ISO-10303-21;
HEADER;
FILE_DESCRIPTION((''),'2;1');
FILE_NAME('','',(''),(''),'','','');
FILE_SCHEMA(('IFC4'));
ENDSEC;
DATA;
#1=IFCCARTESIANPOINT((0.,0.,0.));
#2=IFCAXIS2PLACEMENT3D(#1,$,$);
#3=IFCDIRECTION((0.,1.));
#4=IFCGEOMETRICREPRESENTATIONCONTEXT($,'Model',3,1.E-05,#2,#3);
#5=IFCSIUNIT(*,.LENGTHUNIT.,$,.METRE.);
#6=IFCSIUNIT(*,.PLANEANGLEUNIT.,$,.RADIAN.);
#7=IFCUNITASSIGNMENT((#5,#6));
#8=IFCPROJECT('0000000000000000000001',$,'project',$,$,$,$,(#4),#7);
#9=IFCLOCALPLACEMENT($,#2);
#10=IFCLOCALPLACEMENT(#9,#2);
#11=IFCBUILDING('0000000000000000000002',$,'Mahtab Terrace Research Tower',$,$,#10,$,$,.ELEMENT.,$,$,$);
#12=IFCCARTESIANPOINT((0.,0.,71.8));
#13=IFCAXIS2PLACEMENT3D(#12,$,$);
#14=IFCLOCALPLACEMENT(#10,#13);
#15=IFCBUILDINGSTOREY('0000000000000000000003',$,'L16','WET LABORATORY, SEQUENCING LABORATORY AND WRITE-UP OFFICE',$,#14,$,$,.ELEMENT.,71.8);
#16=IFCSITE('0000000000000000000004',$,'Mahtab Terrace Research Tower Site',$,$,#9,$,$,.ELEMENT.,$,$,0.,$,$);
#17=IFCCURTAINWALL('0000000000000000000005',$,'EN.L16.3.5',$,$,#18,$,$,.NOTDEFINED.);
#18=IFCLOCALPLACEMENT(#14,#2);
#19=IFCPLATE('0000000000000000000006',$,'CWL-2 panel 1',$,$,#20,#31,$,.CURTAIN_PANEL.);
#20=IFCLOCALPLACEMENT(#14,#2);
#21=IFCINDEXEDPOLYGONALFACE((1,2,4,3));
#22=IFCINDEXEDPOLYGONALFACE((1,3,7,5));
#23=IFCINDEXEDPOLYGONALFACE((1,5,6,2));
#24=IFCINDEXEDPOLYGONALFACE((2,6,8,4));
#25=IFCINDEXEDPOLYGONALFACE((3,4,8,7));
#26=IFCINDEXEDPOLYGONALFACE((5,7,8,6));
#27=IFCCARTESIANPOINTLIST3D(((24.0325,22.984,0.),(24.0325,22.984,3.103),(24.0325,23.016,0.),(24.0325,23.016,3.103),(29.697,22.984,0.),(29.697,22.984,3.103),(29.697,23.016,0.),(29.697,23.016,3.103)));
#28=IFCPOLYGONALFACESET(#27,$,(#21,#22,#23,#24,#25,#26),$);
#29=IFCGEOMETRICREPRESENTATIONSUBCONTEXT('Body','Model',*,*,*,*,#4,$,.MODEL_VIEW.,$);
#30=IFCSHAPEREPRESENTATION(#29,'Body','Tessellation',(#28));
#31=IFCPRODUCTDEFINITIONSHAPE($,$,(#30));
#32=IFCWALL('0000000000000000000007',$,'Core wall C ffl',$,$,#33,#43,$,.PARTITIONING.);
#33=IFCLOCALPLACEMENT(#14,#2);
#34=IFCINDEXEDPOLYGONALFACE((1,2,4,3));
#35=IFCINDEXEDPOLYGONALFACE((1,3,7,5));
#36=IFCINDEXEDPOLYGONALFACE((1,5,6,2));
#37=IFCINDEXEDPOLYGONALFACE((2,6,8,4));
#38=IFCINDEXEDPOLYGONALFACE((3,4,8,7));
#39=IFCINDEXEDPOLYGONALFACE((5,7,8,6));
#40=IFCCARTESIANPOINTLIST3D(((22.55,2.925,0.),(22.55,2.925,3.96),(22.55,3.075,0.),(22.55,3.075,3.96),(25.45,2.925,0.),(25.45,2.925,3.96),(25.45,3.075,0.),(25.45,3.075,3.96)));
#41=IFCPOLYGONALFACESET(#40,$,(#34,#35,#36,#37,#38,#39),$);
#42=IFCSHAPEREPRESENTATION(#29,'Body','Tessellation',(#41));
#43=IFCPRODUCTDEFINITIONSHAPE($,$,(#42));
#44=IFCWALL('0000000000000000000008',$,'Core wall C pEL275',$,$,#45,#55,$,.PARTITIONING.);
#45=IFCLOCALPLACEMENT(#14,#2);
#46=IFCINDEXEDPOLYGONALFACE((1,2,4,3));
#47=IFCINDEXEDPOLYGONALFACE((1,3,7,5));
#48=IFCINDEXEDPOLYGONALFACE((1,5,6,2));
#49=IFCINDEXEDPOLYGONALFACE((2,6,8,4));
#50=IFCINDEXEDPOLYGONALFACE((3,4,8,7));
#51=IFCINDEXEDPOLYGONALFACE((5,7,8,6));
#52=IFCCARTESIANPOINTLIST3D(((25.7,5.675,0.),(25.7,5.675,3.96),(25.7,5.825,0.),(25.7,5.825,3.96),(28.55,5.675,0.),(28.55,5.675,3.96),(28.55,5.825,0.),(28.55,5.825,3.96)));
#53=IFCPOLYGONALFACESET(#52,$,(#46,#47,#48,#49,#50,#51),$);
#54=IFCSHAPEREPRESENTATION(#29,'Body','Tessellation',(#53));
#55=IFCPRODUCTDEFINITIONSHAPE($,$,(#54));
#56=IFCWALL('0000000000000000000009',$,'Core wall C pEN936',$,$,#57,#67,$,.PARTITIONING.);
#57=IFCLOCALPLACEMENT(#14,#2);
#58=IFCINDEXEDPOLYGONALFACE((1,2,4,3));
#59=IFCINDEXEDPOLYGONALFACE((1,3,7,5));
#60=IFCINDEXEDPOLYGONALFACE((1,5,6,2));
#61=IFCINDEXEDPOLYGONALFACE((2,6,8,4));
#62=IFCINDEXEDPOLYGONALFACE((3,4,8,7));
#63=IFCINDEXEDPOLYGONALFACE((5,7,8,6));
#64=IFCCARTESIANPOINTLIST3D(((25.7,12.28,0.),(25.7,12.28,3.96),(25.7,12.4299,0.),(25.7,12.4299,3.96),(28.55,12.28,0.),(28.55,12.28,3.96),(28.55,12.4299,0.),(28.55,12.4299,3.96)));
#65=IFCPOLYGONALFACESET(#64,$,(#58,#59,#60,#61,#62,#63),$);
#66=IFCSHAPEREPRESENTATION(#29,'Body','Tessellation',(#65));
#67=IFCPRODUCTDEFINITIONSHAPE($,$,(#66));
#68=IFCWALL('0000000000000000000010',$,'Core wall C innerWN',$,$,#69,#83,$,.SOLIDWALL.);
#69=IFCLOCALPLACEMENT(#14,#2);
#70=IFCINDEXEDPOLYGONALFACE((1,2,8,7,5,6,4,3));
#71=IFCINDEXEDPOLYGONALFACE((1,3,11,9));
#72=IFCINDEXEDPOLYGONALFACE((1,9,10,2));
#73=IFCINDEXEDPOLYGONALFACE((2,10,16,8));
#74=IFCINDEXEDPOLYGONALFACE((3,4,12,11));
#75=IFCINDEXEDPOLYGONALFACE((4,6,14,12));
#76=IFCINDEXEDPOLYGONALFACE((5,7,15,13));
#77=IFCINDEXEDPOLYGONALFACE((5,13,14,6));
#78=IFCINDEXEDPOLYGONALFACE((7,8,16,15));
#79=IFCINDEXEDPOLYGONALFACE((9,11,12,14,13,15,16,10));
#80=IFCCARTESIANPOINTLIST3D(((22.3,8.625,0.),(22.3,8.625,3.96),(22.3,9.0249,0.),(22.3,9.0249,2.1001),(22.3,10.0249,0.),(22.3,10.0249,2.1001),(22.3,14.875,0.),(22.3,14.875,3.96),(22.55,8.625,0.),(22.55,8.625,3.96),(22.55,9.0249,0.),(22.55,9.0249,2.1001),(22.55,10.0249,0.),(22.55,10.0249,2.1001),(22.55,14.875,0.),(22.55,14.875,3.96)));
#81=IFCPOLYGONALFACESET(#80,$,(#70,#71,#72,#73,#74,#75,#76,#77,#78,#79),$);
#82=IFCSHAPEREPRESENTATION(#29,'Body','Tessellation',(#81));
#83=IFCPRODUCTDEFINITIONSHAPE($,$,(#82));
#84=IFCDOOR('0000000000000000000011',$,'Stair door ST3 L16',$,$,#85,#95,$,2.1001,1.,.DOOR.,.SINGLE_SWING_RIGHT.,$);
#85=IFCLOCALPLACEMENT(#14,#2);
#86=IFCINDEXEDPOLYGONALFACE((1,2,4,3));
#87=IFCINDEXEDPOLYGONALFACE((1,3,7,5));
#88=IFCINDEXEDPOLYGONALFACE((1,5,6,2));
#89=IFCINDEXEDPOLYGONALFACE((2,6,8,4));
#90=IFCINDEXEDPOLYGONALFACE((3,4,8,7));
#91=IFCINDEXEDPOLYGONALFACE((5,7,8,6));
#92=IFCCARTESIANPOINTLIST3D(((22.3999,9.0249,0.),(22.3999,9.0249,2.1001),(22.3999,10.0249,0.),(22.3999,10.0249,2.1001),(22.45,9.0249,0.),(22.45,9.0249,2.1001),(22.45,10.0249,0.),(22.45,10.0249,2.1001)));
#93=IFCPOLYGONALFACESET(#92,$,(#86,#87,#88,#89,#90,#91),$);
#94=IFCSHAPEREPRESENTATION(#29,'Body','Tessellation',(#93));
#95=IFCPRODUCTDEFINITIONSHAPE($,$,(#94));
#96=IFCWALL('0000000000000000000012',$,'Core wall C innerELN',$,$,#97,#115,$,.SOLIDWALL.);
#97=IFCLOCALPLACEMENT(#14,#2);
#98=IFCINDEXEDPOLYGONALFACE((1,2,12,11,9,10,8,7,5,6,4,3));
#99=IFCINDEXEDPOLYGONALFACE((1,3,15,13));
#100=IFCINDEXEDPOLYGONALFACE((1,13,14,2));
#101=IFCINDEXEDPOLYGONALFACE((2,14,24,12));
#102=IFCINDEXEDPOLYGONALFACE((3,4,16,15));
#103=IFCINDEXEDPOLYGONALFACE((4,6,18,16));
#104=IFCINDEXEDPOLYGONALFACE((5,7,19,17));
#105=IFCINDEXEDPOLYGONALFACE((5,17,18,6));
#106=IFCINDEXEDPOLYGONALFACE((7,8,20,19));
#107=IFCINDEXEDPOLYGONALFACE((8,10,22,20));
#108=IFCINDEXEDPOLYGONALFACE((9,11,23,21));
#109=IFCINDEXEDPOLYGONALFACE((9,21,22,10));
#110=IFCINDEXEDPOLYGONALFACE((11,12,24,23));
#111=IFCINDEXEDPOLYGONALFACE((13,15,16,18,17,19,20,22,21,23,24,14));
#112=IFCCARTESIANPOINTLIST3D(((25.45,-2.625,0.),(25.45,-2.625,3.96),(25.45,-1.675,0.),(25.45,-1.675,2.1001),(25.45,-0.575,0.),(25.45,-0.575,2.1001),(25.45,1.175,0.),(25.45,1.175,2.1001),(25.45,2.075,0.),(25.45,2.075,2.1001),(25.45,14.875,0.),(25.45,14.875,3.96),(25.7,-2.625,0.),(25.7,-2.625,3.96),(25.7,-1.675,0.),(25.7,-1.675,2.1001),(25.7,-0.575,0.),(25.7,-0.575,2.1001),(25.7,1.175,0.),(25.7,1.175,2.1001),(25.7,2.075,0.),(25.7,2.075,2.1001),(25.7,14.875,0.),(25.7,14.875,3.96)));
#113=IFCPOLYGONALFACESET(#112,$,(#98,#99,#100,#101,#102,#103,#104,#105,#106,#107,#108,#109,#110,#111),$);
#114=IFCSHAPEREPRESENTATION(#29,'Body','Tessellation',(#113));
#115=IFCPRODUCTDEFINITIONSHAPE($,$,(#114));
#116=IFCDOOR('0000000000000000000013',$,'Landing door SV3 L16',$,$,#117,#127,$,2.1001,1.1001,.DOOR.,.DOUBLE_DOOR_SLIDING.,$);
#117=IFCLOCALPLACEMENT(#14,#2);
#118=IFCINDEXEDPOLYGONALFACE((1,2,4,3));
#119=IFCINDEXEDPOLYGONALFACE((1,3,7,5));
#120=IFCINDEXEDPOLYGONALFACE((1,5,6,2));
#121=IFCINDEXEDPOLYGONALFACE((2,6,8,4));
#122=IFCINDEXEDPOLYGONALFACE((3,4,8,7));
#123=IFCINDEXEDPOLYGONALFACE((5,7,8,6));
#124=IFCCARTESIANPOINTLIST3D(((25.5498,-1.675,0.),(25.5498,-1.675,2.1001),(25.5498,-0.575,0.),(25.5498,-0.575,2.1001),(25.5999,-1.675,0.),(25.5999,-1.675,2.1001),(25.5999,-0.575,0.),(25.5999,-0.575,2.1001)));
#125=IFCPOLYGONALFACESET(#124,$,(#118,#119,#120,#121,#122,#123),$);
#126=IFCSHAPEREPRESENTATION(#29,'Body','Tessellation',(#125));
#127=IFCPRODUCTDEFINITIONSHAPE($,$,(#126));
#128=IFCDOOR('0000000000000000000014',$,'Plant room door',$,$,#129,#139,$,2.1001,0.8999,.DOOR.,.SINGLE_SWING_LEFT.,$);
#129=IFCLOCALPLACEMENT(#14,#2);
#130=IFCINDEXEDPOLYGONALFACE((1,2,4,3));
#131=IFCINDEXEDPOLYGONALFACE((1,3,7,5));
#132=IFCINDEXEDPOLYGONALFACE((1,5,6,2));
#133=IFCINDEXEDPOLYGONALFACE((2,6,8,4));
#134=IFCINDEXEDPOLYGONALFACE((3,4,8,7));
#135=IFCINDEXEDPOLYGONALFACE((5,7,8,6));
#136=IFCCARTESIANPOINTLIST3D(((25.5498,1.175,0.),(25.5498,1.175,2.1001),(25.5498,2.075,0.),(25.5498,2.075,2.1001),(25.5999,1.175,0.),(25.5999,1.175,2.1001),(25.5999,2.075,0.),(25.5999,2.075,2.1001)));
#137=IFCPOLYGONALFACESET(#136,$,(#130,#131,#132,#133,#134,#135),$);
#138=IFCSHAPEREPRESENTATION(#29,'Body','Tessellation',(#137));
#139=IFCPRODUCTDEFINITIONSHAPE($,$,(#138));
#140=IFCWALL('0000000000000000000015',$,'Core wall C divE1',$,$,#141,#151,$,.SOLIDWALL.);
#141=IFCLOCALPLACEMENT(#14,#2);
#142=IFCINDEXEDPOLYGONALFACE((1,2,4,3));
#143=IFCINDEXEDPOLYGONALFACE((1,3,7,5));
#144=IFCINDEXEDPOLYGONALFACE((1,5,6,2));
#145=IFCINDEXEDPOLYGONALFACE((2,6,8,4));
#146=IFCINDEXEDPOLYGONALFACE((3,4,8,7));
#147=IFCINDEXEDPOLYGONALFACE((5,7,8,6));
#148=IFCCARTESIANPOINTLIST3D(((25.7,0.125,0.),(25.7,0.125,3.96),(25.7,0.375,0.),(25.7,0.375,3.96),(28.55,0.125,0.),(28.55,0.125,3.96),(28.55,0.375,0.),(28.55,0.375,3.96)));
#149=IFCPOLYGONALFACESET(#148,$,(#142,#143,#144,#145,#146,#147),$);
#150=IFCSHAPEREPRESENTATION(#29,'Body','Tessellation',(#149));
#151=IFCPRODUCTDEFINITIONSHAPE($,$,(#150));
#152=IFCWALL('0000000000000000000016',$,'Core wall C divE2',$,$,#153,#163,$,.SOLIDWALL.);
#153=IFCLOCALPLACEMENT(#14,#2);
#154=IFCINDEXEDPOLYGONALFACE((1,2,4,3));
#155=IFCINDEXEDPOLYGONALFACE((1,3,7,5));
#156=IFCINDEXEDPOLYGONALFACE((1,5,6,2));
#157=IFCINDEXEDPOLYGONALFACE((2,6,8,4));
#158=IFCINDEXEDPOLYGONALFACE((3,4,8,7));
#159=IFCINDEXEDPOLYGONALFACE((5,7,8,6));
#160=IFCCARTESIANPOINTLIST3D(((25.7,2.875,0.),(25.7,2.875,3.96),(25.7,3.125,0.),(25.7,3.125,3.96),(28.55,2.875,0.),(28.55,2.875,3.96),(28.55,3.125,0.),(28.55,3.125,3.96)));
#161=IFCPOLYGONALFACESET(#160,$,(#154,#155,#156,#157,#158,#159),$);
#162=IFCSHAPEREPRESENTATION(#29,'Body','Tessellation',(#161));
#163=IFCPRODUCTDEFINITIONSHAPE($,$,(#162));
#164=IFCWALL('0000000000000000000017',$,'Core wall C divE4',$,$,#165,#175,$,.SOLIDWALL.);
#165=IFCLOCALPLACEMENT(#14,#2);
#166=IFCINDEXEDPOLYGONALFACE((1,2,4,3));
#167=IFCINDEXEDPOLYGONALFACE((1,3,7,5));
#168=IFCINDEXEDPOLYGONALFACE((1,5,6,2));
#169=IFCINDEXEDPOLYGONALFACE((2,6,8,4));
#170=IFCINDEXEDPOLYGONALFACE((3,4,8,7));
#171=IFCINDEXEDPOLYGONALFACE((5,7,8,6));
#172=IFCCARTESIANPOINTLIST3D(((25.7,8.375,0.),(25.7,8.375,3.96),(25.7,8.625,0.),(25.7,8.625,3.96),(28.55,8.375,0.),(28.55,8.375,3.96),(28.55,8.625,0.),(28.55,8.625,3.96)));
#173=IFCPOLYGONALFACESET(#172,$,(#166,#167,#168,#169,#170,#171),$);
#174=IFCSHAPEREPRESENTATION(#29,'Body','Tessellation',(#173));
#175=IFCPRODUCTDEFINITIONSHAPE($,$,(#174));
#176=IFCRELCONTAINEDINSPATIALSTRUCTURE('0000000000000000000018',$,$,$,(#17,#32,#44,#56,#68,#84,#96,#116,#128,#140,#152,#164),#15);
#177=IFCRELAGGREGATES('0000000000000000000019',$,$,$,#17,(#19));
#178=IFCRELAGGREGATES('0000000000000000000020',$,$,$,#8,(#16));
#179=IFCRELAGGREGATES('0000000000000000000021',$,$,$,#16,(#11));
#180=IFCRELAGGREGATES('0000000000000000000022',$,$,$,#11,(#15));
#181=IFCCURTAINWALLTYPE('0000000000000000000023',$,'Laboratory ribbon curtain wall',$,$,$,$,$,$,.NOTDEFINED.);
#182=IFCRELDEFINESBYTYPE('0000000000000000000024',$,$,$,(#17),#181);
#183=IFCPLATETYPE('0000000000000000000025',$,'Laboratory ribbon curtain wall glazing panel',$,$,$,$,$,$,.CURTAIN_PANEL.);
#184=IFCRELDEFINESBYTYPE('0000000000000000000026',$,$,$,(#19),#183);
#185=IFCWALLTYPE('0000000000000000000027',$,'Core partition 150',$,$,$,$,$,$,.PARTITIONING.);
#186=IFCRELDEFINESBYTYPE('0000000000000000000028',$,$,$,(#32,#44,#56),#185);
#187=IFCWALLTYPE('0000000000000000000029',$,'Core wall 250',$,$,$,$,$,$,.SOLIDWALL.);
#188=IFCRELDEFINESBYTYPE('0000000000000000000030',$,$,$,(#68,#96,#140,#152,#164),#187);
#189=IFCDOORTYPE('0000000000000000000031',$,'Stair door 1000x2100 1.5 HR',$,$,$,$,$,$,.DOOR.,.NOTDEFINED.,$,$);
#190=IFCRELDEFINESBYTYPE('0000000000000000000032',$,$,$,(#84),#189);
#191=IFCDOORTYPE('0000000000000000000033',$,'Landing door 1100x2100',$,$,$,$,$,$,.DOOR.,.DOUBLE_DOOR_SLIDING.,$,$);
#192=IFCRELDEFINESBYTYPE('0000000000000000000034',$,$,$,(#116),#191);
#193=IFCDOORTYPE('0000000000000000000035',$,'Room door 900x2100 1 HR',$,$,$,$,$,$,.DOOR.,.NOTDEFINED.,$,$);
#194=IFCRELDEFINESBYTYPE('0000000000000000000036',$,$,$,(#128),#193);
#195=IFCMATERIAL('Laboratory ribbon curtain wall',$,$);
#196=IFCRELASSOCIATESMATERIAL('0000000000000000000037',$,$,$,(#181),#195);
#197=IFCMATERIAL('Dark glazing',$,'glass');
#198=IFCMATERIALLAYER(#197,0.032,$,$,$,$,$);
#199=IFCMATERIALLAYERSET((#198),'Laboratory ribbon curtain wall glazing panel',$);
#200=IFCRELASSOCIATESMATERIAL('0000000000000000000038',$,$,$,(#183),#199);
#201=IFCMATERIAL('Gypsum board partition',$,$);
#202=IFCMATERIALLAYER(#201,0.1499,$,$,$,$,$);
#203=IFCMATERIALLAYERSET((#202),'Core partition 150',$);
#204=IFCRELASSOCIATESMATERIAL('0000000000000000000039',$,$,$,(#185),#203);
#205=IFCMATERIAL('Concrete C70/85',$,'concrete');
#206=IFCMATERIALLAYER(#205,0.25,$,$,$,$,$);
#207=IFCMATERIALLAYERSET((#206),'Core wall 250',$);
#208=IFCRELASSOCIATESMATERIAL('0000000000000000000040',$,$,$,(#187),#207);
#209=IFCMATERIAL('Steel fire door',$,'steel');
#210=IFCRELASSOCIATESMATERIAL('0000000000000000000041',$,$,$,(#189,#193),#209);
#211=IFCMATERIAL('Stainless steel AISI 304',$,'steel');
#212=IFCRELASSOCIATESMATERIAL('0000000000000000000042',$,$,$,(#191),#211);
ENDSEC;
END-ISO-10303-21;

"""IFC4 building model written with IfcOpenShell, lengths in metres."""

from ifc_helpers import new_model, si_unit, direction, frame, frame_2d, origin, origin_2d, place, context, subcontext, project, spatial, rectangle, extrude, material, layer, layer_set, type_object, element, fill, aggregate, save


model = new_model("IFC4")

# Units and contexts
model_context = context("Model", 3, precision=1e-05, world=origin(), true_north=direction((0.0, 1.0)))
body_context = subcontext(model_context, "Body", "Model", "MODEL_VIEW")
ifc_project = project(units=[si_unit("LENGTHUNIT", "METRE"), si_unit("PLANEANGLEUNIT", "RADIAN")], contexts=[model_context])

# Site, building, storey
site_placement = place(None, origin())
site = spatial("IfcSite", under=ifc_project, at=site_placement, Name="Mahtab Terrace Research Tower Site", CompositionType="ELEMENT", RefElevation=0.0)
building_placement = place(site_placement, origin())
building = spatial("IfcBuilding", under=site, at=building_placement, Name="Mahtab Terrace Research Tower", CompositionType="ELEMENT")
storey_placement = place(building_placement, frame((0.0, 0.0, 71.8)))
storey = spatial("IfcBuildingStorey", under=building, at=storey_placement, Name="L16", Description="WET LABORATORY, SEQUENCING LABORATORY AND WRITE-UP OFFICE", CompositionType="ELEMENT", Elevation=71.8)

# Shared definitions
ifc_material_1 = material(Name="Concrete C70/85", Category="concrete")

# Curtain wall
ifc_material_2 = material(Name="Laboratory ribbon curtain wall")
curtain_wall_type = type_object("IfcCurtainWallType", Name="Laboratory ribbon curtain wall", PredefinedType="NOTDEFINED", material=ifc_material_2)
curtain_wall_placement = place(storey_placement, origin())
curtain_wall = element("IfcCurtainWall", 1, at=curtain_wall_placement, inside=storey, type_object=curtain_wall_type, Name="EN.L16.3.5", PredefinedType="NOTDEFINED")

# Plate
ifc_material_3 = material(Name="Dark glazing", Category="glass")
ifc_layer_1 = layer(ifc_material_3, 0.032)
ifc_layer_set_1 = layer_set([ifc_layer_1], Name="Laboratory ribbon curtain wall glazing panel")
plate_type = type_object("IfcPlateType", Name="Laboratory ribbon curtain wall glazing panel", PredefinedType="CURTAIN_PANEL", material=ifc_layer_set_1)
plate_placement = place(storey_placement, frame((26.8647, 23.0, 0.0), z_axis=(0.0, 0.0, 1.0), x_axis=(-1.0, 0.0, 0.0)))
plate = element("IfcPlate", 2, at=plate_placement, type_object=plate_type, Name="CWL-2 panel 1", PredefinedType="CURTAIN_PANEL", context=body_context, shape_type="SweptSolid", body=[
    extrude(rectangle(XDim=5.6646, YDim=0.032, at=origin_2d()), origin(), (0.0, 0.0, 1.0), 3.103),
])
aggregate(curtain_wall, [plate])

# Walls
ifc_material_4 = material(Name="Gypsum board partition")
ifc_layer_2 = layer(ifc_material_4, 0.1499)
ifc_layer_set_2 = layer_set([ifc_layer_2], Name="Core partition 150")
wall_type_1 = type_object("IfcWallType", Name="Core partition 150", PredefinedType="PARTITIONING", material=ifc_layer_set_2)
wall_1_placement = place(storey_placement, frame((22.55, 3.0, 0.0), z_axis=(0.0, 0.0, 1.0), x_axis=(1.0, 0.0, 0.0)))
element("IfcWall", 3, at=wall_1_placement, inside=storey, type_object=wall_type_1, Name="Core wall C ffl", PredefinedType="PARTITIONING", context=body_context, shape_type="SweptSolid", body=[
    extrude(rectangle(XDim=2.8999, YDim=0.1499, at=frame_2d((1.45, 0.0))), origin(), (0.0, 0.0, 1.0), 3.96),
])
for number, where, z_axis, x_axis, name in (
    (4, (25.7, 5.75, 0.0), (0.0, 0.0, 1.0), (1.0, 0.0, 0.0), "Core wall C pEL275"),
    (5, (25.7, 12.355, 0.0), (0.0, 0.0, 1.0), (1.0, 0.0, 0.0), "Core wall C pEN936"),
):
    element("IfcWall", number, at=place(storey_placement, frame(where, z_axis=z_axis, x_axis=x_axis)), inside=storey, type_object=wall_type_1, Name=name, PredefinedType="PARTITIONING", context=body_context, shape_type="SweptSolid", body=[
        extrude(rectangle(XDim=2.8501, YDim=0.1499, at=frame_2d((1.425, 0.0))), origin(), (0.0, 0.0, 1.0), 3.96),
    ])

# Wall, opening, door
ifc_layer_3 = layer(ifc_material_1, 0.25)
ifc_layer_set_3 = layer_set([ifc_layer_3], Name="Core wall 250")
wall_type_2 = type_object("IfcWallType", Name="Core wall 250", PredefinedType="SOLIDWALL", material=ifc_layer_set_3)
wall_2_placement = place(storey_placement, frame((22.425, 14.875, 0.0), z_axis=(0.0, 0.0, 1.0), x_axis=(0.0, -1.0, 0.0)))
wall_2 = element("IfcWall", 6, at=wall_2_placement, inside=storey, type_object=wall_type_2, Name="Core wall C innerWN", PredefinedType="SOLIDWALL", context=body_context, shape_type="SweptSolid", body=[
    extrude(rectangle(XDim=6.25, YDim=0.25, at=frame_2d((3.125, 0.0))), origin(), (0.0, 0.0, 1.0), 3.96),
])
opening_1_placement = place(wall_2_placement, frame((4.8501, 0.0, 0.0)))
opening_1 = element("IfcOpeningElement", 7, at=opening_1_placement, cuts=wall_2, PredefinedType="OPENING", context=body_context, shape_type="SweptSolid", body=[
    extrude(rectangle(XDim=1.0, YDim=2.1001, at=frame_2d((0.5, 1.05))), frame((0.0, 0.135, 0.0), z_axis=(0.0, -1.0, 0.0), x_axis=(1.0, 0.0, 0.0)), (0.0, 0.0, 1.0), 0.27),
])
ifc_material_5 = material(Name="Steel fire door", Category="steel")
door_type_1 = type_object("IfcDoorType", Name="Stair door 1000x2100 1.5 HR", OperationType="NOTDEFINED", PredefinedType="DOOR", material=ifc_material_5)
door_1_placement = place(opening_1_placement, origin())
door_1 = element("IfcDoor", 8, at=door_1_placement, inside=storey, type_object=door_type_1, Name="Stair door ST3 L16", OperationType="SINGLE_SWING_RIGHT", OverallHeight=2.1001, OverallWidth=1.0, PredefinedType="DOOR", context=body_context, shape_type="SweptSolid", body=[
    extrude(rectangle(XDim=1.0, YDim=2.1001, at=frame_2d((0.5, 1.05))), frame((0.0, 0.0249, 0.0), z_axis=(0.0, -1.0, 0.0), x_axis=(1.0, 0.0, 0.0)), (0.0, 0.0, 1.0), 0.05),
])
fill(opening_1, door_1)

# Wall, openings, doors
wall_3_placement = place(storey_placement, frame((25.575, 14.875, 0.0), z_axis=(0.0, 0.0, 1.0), x_axis=(0.0, -1.0, 0.0)))
wall_3 = element("IfcWall", 9, at=wall_3_placement, inside=storey, type_object=wall_type_2, Name="Core wall C innerELN", PredefinedType="SOLIDWALL", context=body_context, shape_type="SweptSolid", body=[
    extrude(rectangle(XDim=17.5, YDim=0.25, at=frame_2d((8.75, 0.0))), origin(), (0.0, 0.0, 1.0), 3.96),
])
opening_2_placement = place(wall_3_placement, frame((15.45, 0.0, 0.0)))
opening_2 = element("IfcOpeningElement", 10, at=opening_2_placement, cuts=wall_3, PredefinedType="OPENING", context=body_context, shape_type="SweptSolid", body=[
    extrude(rectangle(XDim=1.1001, YDim=2.1001, at=frame_2d((0.55, 1.05))), frame((0.0, 0.135, 0.0), z_axis=(0.0, -1.0, 0.0), x_axis=(1.0, 0.0, 0.0)), (0.0, 0.0, 1.0), 0.27),
])
opening_3_placement = place(wall_3_placement, frame((12.8, 0.0, 0.0)))
opening_3 = element("IfcOpeningElement", 11, at=opening_3_placement, cuts=wall_3, PredefinedType="OPENING", context=body_context, shape_type="SweptSolid", body=[
    extrude(rectangle(XDim=0.8999, YDim=2.1001, at=frame_2d((0.45, 1.05))), frame((0.0, 0.135, 0.0), z_axis=(0.0, -1.0, 0.0), x_axis=(1.0, 0.0, 0.0)), (0.0, 0.0, 1.0), 0.27),
])
ifc_material_6 = material(Name="Stainless steel AISI 304", Category="steel")
door_type_2 = type_object("IfcDoorType", Name="Landing door 1100x2100", OperationType="DOUBLE_DOOR_SLIDING", PredefinedType="DOOR", material=ifc_material_6)
door_2_placement = place(opening_2_placement, origin())
door_2 = element("IfcDoor", 12, at=door_2_placement, inside=storey, type_object=door_type_2, Name="Landing door SV3 L16", OperationType="DOUBLE_DOOR_SLIDING", OverallHeight=2.1001, OverallWidth=1.1001, PredefinedType="DOOR", context=body_context, shape_type="SweptSolid", body=[
    extrude(rectangle(XDim=1.1001, YDim=2.1001, at=frame_2d((0.55, 1.05))), frame((0.0, 0.0249, 0.0), z_axis=(0.0, -1.0, 0.0), x_axis=(1.0, 0.0, 0.0)), (0.0, 0.0, 1.0), 0.05),
])
fill(opening_2, door_2)
door_type_3 = type_object("IfcDoorType", Name="Room door 900x2100 1 HR", OperationType="NOTDEFINED", PredefinedType="DOOR", material=ifc_material_5)
door_3_placement = place(opening_3_placement, origin())
door_3 = element("IfcDoor", 13, at=door_3_placement, inside=storey, type_object=door_type_3, Name="Plant room door", OperationType="SINGLE_SWING_LEFT", OverallHeight=2.1001, OverallWidth=0.8999, PredefinedType="DOOR", context=body_context, shape_type="SweptSolid", body=[
    extrude(rectangle(XDim=0.8999, YDim=2.1001, at=frame_2d((0.45, 1.05))), frame((0.0, 0.0249, 0.0), z_axis=(0.0, -1.0, 0.0), x_axis=(1.0, 0.0, 0.0)), (0.0, 0.0, 1.0), 0.05),
])
fill(opening_3, door_3)

# Walls
for number, where, z_axis, x_axis, name in (
    (14, (25.7, 0.25, 0.0), (0.0, 0.0, 1.0), (1.0, 0.0, 0.0), "Core wall C divE1"),
    (15, (25.7, 3.0, 0.0), (0.0, 0.0, 1.0), (1.0, 0.0, 0.0), "Core wall C divE2"),
    (16, (25.7, 8.5, 0.0), (0.0, 0.0, 1.0), (1.0, 0.0, 0.0), "Core wall C divE4"),
):
    element("IfcWall", number, at=place(storey_placement, frame(where, z_axis=z_axis, x_axis=x_axis)), inside=storey, type_object=wall_type_2, Name=name, PredefinedType="SOLIDWALL", context=body_context, shape_type="SweptSolid", body=[
        extrude(rectangle(XDim=2.8501, YDim=0.25, at=frame_2d((1.425, 0.0))), origin(), (0.0, 0.0, 1.0), 3.96),
    ])

save(model, "model.ifc")
